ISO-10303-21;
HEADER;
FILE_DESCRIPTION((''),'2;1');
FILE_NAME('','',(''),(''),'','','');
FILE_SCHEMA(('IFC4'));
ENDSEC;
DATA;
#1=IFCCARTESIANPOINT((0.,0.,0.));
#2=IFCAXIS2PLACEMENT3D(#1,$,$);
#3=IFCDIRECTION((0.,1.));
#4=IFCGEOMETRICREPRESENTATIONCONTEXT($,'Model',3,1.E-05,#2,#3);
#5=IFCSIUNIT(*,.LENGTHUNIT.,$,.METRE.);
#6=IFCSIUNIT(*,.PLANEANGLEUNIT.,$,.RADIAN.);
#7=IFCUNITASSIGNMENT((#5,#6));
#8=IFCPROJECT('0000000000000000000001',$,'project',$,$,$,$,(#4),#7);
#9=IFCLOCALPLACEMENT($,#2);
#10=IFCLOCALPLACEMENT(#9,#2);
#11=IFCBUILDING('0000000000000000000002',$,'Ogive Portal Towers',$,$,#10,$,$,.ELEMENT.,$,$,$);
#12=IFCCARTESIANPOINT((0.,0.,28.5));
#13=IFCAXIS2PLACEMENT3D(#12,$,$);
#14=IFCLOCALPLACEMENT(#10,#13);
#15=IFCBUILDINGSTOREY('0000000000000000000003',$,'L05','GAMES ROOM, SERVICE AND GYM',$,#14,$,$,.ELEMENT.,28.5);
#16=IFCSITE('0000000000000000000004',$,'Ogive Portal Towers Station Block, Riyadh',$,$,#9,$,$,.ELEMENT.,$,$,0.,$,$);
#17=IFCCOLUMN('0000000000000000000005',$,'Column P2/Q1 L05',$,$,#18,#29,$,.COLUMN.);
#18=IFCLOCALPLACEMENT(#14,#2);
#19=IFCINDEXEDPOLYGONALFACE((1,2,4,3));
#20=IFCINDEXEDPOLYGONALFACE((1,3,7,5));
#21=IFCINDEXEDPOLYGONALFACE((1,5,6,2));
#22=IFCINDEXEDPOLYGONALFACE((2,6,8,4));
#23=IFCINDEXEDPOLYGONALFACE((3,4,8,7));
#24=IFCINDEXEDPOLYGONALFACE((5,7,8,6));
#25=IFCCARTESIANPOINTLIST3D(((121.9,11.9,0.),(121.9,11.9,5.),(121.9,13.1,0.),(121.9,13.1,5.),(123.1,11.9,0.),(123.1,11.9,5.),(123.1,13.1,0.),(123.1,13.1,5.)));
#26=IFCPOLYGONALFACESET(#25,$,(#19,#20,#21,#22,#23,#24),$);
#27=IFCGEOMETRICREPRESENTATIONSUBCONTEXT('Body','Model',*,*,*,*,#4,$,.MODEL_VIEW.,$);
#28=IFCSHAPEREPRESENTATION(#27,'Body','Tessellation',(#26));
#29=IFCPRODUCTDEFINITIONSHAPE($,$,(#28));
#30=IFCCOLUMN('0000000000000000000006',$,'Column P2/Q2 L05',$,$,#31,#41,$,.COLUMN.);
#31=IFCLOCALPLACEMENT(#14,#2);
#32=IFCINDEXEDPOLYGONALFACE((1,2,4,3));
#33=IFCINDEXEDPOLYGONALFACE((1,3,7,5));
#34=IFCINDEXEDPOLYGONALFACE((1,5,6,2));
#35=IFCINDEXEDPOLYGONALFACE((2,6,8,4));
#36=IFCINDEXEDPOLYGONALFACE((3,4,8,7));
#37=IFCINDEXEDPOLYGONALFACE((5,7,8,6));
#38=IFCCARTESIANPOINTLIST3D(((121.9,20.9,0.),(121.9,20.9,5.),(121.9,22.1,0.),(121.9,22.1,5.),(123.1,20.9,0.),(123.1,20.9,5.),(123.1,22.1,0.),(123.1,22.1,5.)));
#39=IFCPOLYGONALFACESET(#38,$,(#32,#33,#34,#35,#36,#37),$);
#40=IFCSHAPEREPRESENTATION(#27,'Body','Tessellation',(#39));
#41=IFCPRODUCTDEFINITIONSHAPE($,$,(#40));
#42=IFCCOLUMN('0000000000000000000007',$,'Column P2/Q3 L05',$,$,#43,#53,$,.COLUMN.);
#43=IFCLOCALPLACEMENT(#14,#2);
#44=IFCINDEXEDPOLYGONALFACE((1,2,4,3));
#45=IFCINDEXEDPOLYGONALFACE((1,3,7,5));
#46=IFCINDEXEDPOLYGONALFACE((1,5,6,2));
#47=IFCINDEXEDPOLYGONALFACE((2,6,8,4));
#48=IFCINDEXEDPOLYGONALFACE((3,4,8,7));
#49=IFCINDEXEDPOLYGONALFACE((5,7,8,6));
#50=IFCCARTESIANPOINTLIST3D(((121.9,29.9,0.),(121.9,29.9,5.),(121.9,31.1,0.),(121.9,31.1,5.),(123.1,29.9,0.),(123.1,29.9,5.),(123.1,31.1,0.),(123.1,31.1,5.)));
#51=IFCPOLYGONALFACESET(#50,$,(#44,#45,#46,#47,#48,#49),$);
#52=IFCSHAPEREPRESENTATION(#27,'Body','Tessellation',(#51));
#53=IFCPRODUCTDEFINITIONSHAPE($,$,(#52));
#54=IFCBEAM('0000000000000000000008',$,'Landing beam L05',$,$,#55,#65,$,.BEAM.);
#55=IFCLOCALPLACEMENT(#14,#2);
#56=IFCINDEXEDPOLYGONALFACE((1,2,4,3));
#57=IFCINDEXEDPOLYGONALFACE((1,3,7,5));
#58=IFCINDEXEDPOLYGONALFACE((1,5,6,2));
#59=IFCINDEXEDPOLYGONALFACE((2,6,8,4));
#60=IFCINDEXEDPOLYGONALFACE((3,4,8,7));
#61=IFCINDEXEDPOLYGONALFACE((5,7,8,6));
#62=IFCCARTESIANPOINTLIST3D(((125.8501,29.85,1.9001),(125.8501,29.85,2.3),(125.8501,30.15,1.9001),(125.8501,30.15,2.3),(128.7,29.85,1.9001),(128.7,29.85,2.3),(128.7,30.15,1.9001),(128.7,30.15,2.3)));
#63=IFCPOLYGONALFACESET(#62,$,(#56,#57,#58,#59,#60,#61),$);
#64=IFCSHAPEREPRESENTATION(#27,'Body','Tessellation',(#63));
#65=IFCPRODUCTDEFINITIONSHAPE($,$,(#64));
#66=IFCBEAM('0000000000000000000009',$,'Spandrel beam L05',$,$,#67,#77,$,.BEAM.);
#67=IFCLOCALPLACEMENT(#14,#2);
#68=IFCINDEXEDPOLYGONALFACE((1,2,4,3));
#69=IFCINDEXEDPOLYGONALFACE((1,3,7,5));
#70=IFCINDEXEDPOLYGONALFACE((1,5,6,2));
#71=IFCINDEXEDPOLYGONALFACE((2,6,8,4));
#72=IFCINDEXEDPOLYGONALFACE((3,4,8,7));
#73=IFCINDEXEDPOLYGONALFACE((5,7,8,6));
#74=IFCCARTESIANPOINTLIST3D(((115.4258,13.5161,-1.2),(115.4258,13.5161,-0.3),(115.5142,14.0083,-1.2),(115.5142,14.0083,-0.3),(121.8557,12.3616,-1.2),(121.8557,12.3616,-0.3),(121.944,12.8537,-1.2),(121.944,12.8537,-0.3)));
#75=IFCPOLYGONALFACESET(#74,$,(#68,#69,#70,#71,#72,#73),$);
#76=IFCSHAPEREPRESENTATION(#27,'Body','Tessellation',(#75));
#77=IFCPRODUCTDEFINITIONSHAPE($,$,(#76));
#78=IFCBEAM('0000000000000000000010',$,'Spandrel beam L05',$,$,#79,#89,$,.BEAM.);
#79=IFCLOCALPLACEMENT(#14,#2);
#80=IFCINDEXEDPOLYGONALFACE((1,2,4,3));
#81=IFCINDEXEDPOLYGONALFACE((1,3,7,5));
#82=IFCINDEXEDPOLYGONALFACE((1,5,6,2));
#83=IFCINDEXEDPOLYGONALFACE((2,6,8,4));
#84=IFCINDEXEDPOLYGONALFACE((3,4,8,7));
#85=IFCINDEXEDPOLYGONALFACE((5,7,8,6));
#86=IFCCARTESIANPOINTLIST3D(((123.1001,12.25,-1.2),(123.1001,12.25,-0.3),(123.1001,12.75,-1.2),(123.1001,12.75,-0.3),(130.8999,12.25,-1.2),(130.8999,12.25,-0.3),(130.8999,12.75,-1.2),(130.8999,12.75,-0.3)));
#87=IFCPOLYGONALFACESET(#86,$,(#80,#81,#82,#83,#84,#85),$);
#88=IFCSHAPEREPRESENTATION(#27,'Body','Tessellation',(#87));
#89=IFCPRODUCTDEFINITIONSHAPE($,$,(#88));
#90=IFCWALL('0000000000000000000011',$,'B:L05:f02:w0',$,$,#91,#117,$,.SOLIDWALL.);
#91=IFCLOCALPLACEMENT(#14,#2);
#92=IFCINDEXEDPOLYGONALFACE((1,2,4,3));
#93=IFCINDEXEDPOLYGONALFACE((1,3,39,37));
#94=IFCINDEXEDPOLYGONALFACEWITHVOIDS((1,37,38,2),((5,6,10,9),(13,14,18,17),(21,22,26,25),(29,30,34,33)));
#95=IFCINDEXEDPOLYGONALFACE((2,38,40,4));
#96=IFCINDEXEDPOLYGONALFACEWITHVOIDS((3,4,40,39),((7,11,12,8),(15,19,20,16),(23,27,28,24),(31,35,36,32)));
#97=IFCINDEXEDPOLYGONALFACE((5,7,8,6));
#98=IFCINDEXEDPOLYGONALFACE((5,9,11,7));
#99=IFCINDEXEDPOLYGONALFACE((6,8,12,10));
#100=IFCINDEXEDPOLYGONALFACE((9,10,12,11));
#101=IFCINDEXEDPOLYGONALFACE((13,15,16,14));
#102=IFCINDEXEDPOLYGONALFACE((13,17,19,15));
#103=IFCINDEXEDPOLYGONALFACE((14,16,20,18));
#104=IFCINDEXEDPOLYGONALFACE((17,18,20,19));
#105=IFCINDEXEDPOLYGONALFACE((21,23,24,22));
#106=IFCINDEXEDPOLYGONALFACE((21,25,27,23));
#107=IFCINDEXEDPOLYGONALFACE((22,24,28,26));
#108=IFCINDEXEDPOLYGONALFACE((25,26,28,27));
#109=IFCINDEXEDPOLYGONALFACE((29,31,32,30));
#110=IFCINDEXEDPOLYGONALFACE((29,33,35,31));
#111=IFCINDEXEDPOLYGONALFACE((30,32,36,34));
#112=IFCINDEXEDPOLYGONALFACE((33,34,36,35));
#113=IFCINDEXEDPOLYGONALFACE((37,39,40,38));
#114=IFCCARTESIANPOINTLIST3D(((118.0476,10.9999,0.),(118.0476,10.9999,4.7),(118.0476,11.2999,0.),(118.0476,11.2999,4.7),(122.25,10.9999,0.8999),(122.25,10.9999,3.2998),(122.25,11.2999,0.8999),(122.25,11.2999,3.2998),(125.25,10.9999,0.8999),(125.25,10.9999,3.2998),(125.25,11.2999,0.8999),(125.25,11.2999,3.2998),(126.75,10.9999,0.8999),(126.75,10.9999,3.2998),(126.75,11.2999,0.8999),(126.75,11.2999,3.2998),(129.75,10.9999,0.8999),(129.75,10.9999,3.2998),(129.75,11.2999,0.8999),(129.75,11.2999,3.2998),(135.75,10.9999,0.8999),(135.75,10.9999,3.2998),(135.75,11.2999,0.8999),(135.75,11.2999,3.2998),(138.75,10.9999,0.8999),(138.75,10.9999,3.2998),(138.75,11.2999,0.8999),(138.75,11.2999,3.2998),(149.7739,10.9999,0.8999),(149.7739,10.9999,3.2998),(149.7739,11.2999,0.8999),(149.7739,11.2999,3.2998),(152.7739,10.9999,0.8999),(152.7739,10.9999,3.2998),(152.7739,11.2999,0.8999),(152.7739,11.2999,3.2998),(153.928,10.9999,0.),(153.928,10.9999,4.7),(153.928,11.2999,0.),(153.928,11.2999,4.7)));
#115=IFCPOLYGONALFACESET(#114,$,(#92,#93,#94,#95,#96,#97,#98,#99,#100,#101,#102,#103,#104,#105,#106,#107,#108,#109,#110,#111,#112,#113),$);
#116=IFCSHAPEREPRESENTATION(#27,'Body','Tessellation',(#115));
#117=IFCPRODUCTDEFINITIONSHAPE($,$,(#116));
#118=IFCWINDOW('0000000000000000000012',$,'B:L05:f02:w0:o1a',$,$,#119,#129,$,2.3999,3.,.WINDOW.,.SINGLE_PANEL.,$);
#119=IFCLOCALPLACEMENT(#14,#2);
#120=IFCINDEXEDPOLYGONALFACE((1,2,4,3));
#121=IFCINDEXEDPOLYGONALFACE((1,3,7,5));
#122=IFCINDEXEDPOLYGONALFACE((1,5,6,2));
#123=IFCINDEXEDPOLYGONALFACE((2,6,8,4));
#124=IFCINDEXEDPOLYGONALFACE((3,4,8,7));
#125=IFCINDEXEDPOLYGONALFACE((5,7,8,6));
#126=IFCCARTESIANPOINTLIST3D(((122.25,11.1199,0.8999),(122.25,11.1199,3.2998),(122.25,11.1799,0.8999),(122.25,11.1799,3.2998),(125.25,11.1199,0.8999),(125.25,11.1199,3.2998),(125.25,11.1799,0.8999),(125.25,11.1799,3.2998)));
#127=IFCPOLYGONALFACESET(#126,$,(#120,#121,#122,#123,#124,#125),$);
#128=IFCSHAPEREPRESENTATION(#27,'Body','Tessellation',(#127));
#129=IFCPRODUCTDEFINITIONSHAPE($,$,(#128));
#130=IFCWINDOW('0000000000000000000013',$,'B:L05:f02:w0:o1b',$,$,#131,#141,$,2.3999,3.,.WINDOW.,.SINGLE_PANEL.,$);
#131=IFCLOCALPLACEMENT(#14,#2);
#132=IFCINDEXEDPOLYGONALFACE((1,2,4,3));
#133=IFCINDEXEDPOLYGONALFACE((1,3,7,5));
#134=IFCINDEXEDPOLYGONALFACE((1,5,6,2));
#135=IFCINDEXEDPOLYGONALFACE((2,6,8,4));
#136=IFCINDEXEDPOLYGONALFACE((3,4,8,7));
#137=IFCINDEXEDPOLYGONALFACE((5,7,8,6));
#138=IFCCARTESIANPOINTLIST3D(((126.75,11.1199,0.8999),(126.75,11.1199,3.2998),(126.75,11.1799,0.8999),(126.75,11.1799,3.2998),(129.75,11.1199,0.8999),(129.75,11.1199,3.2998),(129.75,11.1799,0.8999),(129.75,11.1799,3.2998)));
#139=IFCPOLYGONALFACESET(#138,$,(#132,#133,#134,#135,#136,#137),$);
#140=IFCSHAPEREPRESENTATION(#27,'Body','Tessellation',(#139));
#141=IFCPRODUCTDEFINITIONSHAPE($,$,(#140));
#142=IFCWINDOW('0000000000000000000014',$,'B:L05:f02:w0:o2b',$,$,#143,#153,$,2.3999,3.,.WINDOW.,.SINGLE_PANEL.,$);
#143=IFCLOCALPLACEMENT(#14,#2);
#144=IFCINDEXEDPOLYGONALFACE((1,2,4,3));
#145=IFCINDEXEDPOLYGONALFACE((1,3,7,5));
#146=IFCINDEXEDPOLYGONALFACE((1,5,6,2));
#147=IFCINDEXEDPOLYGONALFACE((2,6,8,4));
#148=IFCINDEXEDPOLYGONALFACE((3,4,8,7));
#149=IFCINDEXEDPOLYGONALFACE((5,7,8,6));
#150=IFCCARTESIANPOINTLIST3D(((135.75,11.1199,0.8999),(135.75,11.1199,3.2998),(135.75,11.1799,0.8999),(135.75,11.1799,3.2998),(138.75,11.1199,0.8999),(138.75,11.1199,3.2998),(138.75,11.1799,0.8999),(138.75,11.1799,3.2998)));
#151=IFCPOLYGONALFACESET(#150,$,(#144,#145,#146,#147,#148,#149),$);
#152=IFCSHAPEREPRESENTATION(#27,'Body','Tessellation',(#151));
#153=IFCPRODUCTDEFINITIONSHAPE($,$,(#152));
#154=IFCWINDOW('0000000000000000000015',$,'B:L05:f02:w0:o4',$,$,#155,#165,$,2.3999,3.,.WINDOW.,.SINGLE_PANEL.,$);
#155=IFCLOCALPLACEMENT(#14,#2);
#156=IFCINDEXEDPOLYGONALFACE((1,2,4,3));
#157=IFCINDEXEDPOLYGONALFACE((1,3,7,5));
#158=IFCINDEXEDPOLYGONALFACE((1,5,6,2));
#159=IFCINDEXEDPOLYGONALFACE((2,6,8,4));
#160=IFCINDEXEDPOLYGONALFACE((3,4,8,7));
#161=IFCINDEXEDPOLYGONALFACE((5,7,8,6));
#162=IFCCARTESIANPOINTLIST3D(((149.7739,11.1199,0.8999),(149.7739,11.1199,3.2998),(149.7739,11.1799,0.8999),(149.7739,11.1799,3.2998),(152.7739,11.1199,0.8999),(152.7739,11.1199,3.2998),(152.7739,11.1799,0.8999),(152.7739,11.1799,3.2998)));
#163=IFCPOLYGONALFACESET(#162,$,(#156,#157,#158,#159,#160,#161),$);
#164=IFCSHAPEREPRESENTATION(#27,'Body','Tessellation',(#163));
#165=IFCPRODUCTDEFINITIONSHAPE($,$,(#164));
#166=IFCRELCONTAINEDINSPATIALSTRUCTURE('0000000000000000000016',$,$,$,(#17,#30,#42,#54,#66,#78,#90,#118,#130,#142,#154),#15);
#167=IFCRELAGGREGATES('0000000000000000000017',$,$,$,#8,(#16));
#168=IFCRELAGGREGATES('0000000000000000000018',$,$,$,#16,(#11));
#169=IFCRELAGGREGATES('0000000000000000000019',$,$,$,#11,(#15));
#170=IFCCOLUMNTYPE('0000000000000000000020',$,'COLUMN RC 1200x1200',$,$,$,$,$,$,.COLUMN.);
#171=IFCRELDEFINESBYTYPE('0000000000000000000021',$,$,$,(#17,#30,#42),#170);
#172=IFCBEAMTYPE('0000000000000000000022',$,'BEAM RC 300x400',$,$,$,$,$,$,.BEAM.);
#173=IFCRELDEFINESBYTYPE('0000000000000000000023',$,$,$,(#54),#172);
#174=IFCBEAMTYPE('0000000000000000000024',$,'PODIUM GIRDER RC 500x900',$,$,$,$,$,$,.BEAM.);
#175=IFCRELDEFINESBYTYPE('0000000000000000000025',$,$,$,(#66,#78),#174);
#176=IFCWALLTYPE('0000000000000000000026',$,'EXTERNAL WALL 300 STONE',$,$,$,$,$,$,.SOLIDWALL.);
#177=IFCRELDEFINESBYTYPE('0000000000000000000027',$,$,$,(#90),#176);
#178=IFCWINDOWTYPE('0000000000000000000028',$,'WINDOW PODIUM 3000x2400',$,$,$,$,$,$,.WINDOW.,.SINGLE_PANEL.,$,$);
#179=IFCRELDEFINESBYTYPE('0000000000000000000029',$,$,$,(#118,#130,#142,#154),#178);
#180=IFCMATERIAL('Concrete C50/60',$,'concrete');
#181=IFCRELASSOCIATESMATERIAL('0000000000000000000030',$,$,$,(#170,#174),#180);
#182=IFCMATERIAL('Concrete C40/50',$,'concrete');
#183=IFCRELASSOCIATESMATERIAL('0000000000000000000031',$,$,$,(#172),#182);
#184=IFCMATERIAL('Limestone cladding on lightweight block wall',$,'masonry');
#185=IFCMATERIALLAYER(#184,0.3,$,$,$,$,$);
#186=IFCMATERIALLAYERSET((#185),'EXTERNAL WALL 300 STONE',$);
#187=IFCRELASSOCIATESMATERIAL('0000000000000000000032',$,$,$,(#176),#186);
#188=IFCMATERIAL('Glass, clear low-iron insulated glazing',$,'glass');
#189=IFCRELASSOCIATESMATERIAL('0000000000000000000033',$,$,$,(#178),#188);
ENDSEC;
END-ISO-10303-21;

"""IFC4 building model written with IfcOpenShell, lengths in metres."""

from ifc_helpers import new_model, si_unit, direction, frame, frame_2d, origin, origin_2d, place, context, subcontext, project, spatial, rectangle, extrude, material, layer, layer_set, material_profile, profile_set, type_object, element, fill, save


model = new_model("IFC4")

# Units and contexts
model_context = context("Model", 3, precision=1e-05, world=origin(), true_north=direction((0.0, 1.0)))
body_context = subcontext(model_context, "Body", "Model", "MODEL_VIEW")
ifc_project = project(units=[si_unit("LENGTHUNIT", "METRE"), si_unit("PLANEANGLEUNIT", "RADIAN")], contexts=[model_context])

# Site, building, storey
site_placement = place(None, origin())
site = spatial("IfcSite", under=ifc_project, at=site_placement, Name="Ogive Portal Towers Station Block, Riyadh", CompositionType="ELEMENT", RefElevation=0.0)
building_placement = place(site_placement, origin())
building = spatial("IfcBuilding", under=site, at=building_placement, Name="Ogive Portal Towers", CompositionType="ELEMENT")
storey_placement = place(building_placement, frame((0.0, 0.0, 28.5)))
storey = spatial("IfcBuildingStorey", under=building, at=storey_placement, Name="L05", Description="GAMES ROOM, SERVICE AND GYM", CompositionType="ELEMENT", Elevation=28.5)

# Columns
ifc_material_1 = material(Name="Concrete C50/60", Category="concrete")
ifc_material_profile_1 = material_profile(ifc_material_1, rectangle(XDim=1.2, YDim=1.2, at=origin_2d()), Name="RC 1200x1200")
ifc_profile_set_1 = profile_set([ifc_material_profile_1], Name="Concrete C50/60")
column_type = type_object("IfcColumnType", Name="COLUMN RC 1200x1200", PredefinedType="COLUMN", material=ifc_profile_set_1)
for number, where, z_axis, x_axis, name in (
    (1, (122.5, 12.5, 0.0), (0.0, 0.0, 1.0), (1.0, 0.0, 0.0), "Column P2/Q1 L05"),
    (2, (122.5, 21.5, 0.0), (0.0, 0.0, 1.0), (1.0, 0.0, 0.0), "Column P2/Q2 L05"),
    (3, (122.5, 30.5, 0.0), (0.0, 0.0, 1.0), (1.0, 0.0, 0.0), "Column P2/Q3 L05"),
):
    element("IfcColumn", number, at=place(storey_placement, frame(where, z_axis=z_axis, x_axis=x_axis)), inside=storey, type_object=column_type, Name=name, PredefinedType="COLUMN", context=body_context, shape_type="SweptSolid", body=[
        extrude(rectangle(XDim=1.2, YDim=1.2, at=origin_2d()), origin(), (0.0, 0.0, 1.0), 5.0),
    ])

# Beams
ifc_material_2 = material(Name="Concrete C40/50", Category="concrete")
ifc_material_profile_2 = material_profile(ifc_material_2, rectangle(XDim=0.3, YDim=0.3999, at=origin_2d()), Name="RC 300x400")
ifc_profile_set_2 = profile_set([ifc_material_profile_2], Name="Concrete C40/50")
beam_type_1 = type_object("IfcBeamType", Name="BEAM RC 300x400", PredefinedType="BEAM", material=ifc_profile_set_2)
beam_1_placement = place(storey_placement, frame((125.8501, 30.0, 2.1001), z_axis=(1.0, 0.0, 0.0), x_axis=(0.0, 1.0, 0.0)))
element("IfcBeam", 4, at=beam_1_placement, inside=storey, type_object=beam_type_1, Name="Landing beam L05", PredefinedType="BEAM", context=body_context, shape_type="SweptSolid", body=[
    extrude(rectangle(XDim=0.3, YDim=0.3999, at=origin_2d()), origin(), (0.0, 0.0, 1.0), 2.8499),
])
ifc_material_profile_3 = material_profile(ifc_material_1, rectangle(XDim=0.5, YDim=0.8999, at=origin_2d()), Name="RC 500x900")
ifc_profile_set_3 = profile_set([ifc_material_profile_3], Name="Concrete C50/60")
beam_type_2 = type_object("IfcBeamType", Name="PODIUM GIRDER RC 500x900", PredefinedType="BEAM", material=ifc_profile_set_3)
beam_2_placement = place(storey_placement, frame((115.47, 13.7622, -0.75), z_axis=(0.984259, -0.176731, 0.0), x_axis=(0.176731, 0.984259, 0.0)))
element("IfcBeam", 5, at=beam_2_placement, inside=storey, type_object=beam_type_2, Name="Spandrel beam L05", PredefinedType="BEAM", context=body_context, shape_type="SweptSolid", body=[
    extrude(rectangle(XDim=0.5, YDim=0.8999, at=origin_2d()), origin(), (0.0, 0.0, 1.0), 6.5327),
])
beam_3_placement = place(storey_placement, frame((123.1001, 12.5, -0.75), z_axis=(1.0, 0.0, 0.0), x_axis=(0.0, 1.0, 0.0)))
element("IfcBeam", 6, at=beam_3_placement, inside=storey, type_object=beam_type_2, Name="Spandrel beam L05", PredefinedType="BEAM", context=body_context, shape_type="SweptSolid", body=[
    extrude(rectangle(XDim=0.5, YDim=0.8999, at=origin_2d()), origin(), (0.0, 0.0, 1.0), 7.7998),
])

# Wall, openings, windows
ifc_material_3 = material(Name="Limestone cladding on lightweight block wall", Category="masonry")
ifc_layer_1 = layer(ifc_material_3, 0.3)
ifc_layer_set_1 = layer_set([ifc_layer_1], Name="EXTERNAL WALL 300 STONE")
wall_type_1 = type_object("IfcWallType", Name="EXTERNAL WALL 300 STONE", PredefinedType="SOLIDWALL", material=ifc_layer_set_1)
wall_1_placement = place(storey_placement, frame((118.0476, 11.1499, 0.0), z_axis=(0.0, 0.0, 1.0), x_axis=(1.0, 0.0, 0.0)))
wall_1 = element("IfcWall", 7, at=wall_1_placement, inside=storey, type_object=wall_type_1, Name="B:L05:f02:w0", PredefinedType="SOLIDWALL", context=body_context, shape_type="SweptSolid", body=[
    extrude(rectangle(XDim=35.8804, YDim=0.3, at=frame_2d((17.9402, 0.0))), origin(), (0.0, 0.0, 1.0), 4.7),
])
opening_1_placement = place(wall_1_placement, frame((4.2024, 0.0, 0.8999)))
opening_1 = element("IfcOpeningElement", 8, at=opening_1_placement, cuts=wall_1, PredefinedType="OPENING", context=body_context, shape_type="SweptSolid", body=[
    extrude(rectangle(XDim=3.0, YDim=2.3999, at=frame_2d((1.5, 1.2))), frame((0.0, 0.1602, 0.0), z_axis=(0.0, -1.0, 0.0), x_axis=(1.0, 0.0, 0.0)), (0.0, 0.0, 1.0), 0.3201),
])
opening_2_placement = place(wall_1_placement, frame((8.7024, 0.0, 0.8999)))
opening_2 = element("IfcOpeningElement", 9, at=opening_2_placement, cuts=wall_1, PredefinedType="OPENING", context=body_context, shape_type="SweptSolid", body=[
    extrude(rectangle(XDim=3.0, YDim=2.3999, at=frame_2d((1.5, 1.2))), frame((0.0, 0.1602, 0.0), z_axis=(0.0, -1.0, 0.0), x_axis=(1.0, 0.0, 0.0)), (0.0, 0.0, 1.0), 0.3201),
])
opening_3_placement = place(wall_1_placement, frame((17.7024, 0.0, 0.8999)))
opening_3 = element("IfcOpeningElement", 10, at=opening_3_placement, cuts=wall_1, PredefinedType="OPENING", context=body_context, shape_type="SweptSolid", body=[
    extrude(rectangle(XDim=3.0, YDim=2.3999, at=frame_2d((1.5, 1.2))), frame((0.0, 0.1602, 0.0), z_axis=(0.0, -1.0, 0.0), x_axis=(1.0, 0.0, 0.0)), (0.0, 0.0, 1.0), 0.3201),
])
opening_4_placement = place(wall_1_placement, frame((31.7263, 0.0, 0.8999)))
opening_4 = element("IfcOpeningElement", 11, at=opening_4_placement, cuts=wall_1, PredefinedType="OPENING", context=body_context, shape_type="SweptSolid", body=[
    extrude(rectangle(XDim=3.0, YDim=2.3999, at=frame_2d((1.5, 1.2))), frame((0.0, 0.1602, 0.0), z_axis=(0.0, -1.0, 0.0), x_axis=(1.0, 0.0, 0.0)), (0.0, 0.0, 1.0), 0.3201),
])
ifc_material_4 = material(Name="Glass, clear low-iron insulated glazing", Category="glass")
window_type = type_object("IfcWindowType", Name="WINDOW PODIUM 3000x2400", PartitioningType="SINGLE_PANEL", PredefinedType="WINDOW", material=ifc_material_4)
window_1_placement = place(opening_1_placement, origin())
window_1 = element("IfcWindow", 12, at=window_1_placement, inside=storey, type_object=window_type, Name="B:L05:f02:w0:o1a", OverallHeight=2.3999, OverallWidth=3.0, PartitioningType="SINGLE_PANEL", PredefinedType="WINDOW", context=body_context, shape_type="SweptSolid", body=[
    extrude(rectangle(XDim=3.0, YDim=2.3999, at=frame_2d((1.5, 1.2))), frame((0.0, 0.03, 0.0), z_axis=(0.0, -1.0, 0.0), x_axis=(1.0, 0.0, 0.0)), (0.0, 0.0, 1.0), 0.0601),
])
fill(opening_1, window_1)
window_2_placement = place(opening_2_placement, origin())
window_2 = element("IfcWindow", 13, at=window_2_placement, inside=storey, type_object=window_type, Name="B:L05:f02:w0:o1b", OverallHeight=2.3999, OverallWidth=3.0, PartitioningType="SINGLE_PANEL", PredefinedType="WINDOW", context=body_context, shape_type="SweptSolid", body=[
    extrude(rectangle(XDim=3.0, YDim=2.3999, at=frame_2d((1.5, 1.2))), frame((0.0, 0.03, 0.0), z_axis=(0.0, -1.0, 0.0), x_axis=(1.0, 0.0, 0.0)), (0.0, 0.0, 1.0), 0.0601),
])
fill(opening_2, window_2)
window_3_placement = place(opening_3_placement, origin())
window_3 = element("IfcWindow", 14, at=window_3_placement, inside=storey, type_object=window_type, Name="B:L05:f02:w0:o2b", OverallHeight=2.3999, OverallWidth=3.0, PartitioningType="SINGLE_PANEL", PredefinedType="WINDOW", context=body_context, shape_type="SweptSolid", body=[
    extrude(rectangle(XDim=3.0, YDim=2.3999, at=frame_2d((1.5, 1.2))), frame((0.0, 0.03, 0.0), z_axis=(0.0, -1.0, 0.0), x_axis=(1.0, 0.0, 0.0)), (0.0, 0.0, 1.0), 0.0601),
])
fill(opening_3, window_3)
window_4_placement = place(opening_4_placement, origin())
window_4 = element("IfcWindow", 15, at=window_4_placement, inside=storey, type_object=window_type, Name="B:L05:f02:w0:o4", OverallHeight=2.3999, OverallWidth=3.0, PartitioningType="SINGLE_PANEL", PredefinedType="WINDOW", context=body_context, shape_type="SweptSolid", body=[
    extrude(rectangle(XDim=3.0, YDim=2.3999, at=frame_2d((1.5, 1.2))), frame((0.0, 0.03, 0.0), z_axis=(0.0, -1.0, 0.0), x_axis=(1.0, 0.0, 0.0)), (0.0, 0.0, 1.0), 0.0601),
])
fill(opening_4, window_4)

save(model, "model.ifc")
